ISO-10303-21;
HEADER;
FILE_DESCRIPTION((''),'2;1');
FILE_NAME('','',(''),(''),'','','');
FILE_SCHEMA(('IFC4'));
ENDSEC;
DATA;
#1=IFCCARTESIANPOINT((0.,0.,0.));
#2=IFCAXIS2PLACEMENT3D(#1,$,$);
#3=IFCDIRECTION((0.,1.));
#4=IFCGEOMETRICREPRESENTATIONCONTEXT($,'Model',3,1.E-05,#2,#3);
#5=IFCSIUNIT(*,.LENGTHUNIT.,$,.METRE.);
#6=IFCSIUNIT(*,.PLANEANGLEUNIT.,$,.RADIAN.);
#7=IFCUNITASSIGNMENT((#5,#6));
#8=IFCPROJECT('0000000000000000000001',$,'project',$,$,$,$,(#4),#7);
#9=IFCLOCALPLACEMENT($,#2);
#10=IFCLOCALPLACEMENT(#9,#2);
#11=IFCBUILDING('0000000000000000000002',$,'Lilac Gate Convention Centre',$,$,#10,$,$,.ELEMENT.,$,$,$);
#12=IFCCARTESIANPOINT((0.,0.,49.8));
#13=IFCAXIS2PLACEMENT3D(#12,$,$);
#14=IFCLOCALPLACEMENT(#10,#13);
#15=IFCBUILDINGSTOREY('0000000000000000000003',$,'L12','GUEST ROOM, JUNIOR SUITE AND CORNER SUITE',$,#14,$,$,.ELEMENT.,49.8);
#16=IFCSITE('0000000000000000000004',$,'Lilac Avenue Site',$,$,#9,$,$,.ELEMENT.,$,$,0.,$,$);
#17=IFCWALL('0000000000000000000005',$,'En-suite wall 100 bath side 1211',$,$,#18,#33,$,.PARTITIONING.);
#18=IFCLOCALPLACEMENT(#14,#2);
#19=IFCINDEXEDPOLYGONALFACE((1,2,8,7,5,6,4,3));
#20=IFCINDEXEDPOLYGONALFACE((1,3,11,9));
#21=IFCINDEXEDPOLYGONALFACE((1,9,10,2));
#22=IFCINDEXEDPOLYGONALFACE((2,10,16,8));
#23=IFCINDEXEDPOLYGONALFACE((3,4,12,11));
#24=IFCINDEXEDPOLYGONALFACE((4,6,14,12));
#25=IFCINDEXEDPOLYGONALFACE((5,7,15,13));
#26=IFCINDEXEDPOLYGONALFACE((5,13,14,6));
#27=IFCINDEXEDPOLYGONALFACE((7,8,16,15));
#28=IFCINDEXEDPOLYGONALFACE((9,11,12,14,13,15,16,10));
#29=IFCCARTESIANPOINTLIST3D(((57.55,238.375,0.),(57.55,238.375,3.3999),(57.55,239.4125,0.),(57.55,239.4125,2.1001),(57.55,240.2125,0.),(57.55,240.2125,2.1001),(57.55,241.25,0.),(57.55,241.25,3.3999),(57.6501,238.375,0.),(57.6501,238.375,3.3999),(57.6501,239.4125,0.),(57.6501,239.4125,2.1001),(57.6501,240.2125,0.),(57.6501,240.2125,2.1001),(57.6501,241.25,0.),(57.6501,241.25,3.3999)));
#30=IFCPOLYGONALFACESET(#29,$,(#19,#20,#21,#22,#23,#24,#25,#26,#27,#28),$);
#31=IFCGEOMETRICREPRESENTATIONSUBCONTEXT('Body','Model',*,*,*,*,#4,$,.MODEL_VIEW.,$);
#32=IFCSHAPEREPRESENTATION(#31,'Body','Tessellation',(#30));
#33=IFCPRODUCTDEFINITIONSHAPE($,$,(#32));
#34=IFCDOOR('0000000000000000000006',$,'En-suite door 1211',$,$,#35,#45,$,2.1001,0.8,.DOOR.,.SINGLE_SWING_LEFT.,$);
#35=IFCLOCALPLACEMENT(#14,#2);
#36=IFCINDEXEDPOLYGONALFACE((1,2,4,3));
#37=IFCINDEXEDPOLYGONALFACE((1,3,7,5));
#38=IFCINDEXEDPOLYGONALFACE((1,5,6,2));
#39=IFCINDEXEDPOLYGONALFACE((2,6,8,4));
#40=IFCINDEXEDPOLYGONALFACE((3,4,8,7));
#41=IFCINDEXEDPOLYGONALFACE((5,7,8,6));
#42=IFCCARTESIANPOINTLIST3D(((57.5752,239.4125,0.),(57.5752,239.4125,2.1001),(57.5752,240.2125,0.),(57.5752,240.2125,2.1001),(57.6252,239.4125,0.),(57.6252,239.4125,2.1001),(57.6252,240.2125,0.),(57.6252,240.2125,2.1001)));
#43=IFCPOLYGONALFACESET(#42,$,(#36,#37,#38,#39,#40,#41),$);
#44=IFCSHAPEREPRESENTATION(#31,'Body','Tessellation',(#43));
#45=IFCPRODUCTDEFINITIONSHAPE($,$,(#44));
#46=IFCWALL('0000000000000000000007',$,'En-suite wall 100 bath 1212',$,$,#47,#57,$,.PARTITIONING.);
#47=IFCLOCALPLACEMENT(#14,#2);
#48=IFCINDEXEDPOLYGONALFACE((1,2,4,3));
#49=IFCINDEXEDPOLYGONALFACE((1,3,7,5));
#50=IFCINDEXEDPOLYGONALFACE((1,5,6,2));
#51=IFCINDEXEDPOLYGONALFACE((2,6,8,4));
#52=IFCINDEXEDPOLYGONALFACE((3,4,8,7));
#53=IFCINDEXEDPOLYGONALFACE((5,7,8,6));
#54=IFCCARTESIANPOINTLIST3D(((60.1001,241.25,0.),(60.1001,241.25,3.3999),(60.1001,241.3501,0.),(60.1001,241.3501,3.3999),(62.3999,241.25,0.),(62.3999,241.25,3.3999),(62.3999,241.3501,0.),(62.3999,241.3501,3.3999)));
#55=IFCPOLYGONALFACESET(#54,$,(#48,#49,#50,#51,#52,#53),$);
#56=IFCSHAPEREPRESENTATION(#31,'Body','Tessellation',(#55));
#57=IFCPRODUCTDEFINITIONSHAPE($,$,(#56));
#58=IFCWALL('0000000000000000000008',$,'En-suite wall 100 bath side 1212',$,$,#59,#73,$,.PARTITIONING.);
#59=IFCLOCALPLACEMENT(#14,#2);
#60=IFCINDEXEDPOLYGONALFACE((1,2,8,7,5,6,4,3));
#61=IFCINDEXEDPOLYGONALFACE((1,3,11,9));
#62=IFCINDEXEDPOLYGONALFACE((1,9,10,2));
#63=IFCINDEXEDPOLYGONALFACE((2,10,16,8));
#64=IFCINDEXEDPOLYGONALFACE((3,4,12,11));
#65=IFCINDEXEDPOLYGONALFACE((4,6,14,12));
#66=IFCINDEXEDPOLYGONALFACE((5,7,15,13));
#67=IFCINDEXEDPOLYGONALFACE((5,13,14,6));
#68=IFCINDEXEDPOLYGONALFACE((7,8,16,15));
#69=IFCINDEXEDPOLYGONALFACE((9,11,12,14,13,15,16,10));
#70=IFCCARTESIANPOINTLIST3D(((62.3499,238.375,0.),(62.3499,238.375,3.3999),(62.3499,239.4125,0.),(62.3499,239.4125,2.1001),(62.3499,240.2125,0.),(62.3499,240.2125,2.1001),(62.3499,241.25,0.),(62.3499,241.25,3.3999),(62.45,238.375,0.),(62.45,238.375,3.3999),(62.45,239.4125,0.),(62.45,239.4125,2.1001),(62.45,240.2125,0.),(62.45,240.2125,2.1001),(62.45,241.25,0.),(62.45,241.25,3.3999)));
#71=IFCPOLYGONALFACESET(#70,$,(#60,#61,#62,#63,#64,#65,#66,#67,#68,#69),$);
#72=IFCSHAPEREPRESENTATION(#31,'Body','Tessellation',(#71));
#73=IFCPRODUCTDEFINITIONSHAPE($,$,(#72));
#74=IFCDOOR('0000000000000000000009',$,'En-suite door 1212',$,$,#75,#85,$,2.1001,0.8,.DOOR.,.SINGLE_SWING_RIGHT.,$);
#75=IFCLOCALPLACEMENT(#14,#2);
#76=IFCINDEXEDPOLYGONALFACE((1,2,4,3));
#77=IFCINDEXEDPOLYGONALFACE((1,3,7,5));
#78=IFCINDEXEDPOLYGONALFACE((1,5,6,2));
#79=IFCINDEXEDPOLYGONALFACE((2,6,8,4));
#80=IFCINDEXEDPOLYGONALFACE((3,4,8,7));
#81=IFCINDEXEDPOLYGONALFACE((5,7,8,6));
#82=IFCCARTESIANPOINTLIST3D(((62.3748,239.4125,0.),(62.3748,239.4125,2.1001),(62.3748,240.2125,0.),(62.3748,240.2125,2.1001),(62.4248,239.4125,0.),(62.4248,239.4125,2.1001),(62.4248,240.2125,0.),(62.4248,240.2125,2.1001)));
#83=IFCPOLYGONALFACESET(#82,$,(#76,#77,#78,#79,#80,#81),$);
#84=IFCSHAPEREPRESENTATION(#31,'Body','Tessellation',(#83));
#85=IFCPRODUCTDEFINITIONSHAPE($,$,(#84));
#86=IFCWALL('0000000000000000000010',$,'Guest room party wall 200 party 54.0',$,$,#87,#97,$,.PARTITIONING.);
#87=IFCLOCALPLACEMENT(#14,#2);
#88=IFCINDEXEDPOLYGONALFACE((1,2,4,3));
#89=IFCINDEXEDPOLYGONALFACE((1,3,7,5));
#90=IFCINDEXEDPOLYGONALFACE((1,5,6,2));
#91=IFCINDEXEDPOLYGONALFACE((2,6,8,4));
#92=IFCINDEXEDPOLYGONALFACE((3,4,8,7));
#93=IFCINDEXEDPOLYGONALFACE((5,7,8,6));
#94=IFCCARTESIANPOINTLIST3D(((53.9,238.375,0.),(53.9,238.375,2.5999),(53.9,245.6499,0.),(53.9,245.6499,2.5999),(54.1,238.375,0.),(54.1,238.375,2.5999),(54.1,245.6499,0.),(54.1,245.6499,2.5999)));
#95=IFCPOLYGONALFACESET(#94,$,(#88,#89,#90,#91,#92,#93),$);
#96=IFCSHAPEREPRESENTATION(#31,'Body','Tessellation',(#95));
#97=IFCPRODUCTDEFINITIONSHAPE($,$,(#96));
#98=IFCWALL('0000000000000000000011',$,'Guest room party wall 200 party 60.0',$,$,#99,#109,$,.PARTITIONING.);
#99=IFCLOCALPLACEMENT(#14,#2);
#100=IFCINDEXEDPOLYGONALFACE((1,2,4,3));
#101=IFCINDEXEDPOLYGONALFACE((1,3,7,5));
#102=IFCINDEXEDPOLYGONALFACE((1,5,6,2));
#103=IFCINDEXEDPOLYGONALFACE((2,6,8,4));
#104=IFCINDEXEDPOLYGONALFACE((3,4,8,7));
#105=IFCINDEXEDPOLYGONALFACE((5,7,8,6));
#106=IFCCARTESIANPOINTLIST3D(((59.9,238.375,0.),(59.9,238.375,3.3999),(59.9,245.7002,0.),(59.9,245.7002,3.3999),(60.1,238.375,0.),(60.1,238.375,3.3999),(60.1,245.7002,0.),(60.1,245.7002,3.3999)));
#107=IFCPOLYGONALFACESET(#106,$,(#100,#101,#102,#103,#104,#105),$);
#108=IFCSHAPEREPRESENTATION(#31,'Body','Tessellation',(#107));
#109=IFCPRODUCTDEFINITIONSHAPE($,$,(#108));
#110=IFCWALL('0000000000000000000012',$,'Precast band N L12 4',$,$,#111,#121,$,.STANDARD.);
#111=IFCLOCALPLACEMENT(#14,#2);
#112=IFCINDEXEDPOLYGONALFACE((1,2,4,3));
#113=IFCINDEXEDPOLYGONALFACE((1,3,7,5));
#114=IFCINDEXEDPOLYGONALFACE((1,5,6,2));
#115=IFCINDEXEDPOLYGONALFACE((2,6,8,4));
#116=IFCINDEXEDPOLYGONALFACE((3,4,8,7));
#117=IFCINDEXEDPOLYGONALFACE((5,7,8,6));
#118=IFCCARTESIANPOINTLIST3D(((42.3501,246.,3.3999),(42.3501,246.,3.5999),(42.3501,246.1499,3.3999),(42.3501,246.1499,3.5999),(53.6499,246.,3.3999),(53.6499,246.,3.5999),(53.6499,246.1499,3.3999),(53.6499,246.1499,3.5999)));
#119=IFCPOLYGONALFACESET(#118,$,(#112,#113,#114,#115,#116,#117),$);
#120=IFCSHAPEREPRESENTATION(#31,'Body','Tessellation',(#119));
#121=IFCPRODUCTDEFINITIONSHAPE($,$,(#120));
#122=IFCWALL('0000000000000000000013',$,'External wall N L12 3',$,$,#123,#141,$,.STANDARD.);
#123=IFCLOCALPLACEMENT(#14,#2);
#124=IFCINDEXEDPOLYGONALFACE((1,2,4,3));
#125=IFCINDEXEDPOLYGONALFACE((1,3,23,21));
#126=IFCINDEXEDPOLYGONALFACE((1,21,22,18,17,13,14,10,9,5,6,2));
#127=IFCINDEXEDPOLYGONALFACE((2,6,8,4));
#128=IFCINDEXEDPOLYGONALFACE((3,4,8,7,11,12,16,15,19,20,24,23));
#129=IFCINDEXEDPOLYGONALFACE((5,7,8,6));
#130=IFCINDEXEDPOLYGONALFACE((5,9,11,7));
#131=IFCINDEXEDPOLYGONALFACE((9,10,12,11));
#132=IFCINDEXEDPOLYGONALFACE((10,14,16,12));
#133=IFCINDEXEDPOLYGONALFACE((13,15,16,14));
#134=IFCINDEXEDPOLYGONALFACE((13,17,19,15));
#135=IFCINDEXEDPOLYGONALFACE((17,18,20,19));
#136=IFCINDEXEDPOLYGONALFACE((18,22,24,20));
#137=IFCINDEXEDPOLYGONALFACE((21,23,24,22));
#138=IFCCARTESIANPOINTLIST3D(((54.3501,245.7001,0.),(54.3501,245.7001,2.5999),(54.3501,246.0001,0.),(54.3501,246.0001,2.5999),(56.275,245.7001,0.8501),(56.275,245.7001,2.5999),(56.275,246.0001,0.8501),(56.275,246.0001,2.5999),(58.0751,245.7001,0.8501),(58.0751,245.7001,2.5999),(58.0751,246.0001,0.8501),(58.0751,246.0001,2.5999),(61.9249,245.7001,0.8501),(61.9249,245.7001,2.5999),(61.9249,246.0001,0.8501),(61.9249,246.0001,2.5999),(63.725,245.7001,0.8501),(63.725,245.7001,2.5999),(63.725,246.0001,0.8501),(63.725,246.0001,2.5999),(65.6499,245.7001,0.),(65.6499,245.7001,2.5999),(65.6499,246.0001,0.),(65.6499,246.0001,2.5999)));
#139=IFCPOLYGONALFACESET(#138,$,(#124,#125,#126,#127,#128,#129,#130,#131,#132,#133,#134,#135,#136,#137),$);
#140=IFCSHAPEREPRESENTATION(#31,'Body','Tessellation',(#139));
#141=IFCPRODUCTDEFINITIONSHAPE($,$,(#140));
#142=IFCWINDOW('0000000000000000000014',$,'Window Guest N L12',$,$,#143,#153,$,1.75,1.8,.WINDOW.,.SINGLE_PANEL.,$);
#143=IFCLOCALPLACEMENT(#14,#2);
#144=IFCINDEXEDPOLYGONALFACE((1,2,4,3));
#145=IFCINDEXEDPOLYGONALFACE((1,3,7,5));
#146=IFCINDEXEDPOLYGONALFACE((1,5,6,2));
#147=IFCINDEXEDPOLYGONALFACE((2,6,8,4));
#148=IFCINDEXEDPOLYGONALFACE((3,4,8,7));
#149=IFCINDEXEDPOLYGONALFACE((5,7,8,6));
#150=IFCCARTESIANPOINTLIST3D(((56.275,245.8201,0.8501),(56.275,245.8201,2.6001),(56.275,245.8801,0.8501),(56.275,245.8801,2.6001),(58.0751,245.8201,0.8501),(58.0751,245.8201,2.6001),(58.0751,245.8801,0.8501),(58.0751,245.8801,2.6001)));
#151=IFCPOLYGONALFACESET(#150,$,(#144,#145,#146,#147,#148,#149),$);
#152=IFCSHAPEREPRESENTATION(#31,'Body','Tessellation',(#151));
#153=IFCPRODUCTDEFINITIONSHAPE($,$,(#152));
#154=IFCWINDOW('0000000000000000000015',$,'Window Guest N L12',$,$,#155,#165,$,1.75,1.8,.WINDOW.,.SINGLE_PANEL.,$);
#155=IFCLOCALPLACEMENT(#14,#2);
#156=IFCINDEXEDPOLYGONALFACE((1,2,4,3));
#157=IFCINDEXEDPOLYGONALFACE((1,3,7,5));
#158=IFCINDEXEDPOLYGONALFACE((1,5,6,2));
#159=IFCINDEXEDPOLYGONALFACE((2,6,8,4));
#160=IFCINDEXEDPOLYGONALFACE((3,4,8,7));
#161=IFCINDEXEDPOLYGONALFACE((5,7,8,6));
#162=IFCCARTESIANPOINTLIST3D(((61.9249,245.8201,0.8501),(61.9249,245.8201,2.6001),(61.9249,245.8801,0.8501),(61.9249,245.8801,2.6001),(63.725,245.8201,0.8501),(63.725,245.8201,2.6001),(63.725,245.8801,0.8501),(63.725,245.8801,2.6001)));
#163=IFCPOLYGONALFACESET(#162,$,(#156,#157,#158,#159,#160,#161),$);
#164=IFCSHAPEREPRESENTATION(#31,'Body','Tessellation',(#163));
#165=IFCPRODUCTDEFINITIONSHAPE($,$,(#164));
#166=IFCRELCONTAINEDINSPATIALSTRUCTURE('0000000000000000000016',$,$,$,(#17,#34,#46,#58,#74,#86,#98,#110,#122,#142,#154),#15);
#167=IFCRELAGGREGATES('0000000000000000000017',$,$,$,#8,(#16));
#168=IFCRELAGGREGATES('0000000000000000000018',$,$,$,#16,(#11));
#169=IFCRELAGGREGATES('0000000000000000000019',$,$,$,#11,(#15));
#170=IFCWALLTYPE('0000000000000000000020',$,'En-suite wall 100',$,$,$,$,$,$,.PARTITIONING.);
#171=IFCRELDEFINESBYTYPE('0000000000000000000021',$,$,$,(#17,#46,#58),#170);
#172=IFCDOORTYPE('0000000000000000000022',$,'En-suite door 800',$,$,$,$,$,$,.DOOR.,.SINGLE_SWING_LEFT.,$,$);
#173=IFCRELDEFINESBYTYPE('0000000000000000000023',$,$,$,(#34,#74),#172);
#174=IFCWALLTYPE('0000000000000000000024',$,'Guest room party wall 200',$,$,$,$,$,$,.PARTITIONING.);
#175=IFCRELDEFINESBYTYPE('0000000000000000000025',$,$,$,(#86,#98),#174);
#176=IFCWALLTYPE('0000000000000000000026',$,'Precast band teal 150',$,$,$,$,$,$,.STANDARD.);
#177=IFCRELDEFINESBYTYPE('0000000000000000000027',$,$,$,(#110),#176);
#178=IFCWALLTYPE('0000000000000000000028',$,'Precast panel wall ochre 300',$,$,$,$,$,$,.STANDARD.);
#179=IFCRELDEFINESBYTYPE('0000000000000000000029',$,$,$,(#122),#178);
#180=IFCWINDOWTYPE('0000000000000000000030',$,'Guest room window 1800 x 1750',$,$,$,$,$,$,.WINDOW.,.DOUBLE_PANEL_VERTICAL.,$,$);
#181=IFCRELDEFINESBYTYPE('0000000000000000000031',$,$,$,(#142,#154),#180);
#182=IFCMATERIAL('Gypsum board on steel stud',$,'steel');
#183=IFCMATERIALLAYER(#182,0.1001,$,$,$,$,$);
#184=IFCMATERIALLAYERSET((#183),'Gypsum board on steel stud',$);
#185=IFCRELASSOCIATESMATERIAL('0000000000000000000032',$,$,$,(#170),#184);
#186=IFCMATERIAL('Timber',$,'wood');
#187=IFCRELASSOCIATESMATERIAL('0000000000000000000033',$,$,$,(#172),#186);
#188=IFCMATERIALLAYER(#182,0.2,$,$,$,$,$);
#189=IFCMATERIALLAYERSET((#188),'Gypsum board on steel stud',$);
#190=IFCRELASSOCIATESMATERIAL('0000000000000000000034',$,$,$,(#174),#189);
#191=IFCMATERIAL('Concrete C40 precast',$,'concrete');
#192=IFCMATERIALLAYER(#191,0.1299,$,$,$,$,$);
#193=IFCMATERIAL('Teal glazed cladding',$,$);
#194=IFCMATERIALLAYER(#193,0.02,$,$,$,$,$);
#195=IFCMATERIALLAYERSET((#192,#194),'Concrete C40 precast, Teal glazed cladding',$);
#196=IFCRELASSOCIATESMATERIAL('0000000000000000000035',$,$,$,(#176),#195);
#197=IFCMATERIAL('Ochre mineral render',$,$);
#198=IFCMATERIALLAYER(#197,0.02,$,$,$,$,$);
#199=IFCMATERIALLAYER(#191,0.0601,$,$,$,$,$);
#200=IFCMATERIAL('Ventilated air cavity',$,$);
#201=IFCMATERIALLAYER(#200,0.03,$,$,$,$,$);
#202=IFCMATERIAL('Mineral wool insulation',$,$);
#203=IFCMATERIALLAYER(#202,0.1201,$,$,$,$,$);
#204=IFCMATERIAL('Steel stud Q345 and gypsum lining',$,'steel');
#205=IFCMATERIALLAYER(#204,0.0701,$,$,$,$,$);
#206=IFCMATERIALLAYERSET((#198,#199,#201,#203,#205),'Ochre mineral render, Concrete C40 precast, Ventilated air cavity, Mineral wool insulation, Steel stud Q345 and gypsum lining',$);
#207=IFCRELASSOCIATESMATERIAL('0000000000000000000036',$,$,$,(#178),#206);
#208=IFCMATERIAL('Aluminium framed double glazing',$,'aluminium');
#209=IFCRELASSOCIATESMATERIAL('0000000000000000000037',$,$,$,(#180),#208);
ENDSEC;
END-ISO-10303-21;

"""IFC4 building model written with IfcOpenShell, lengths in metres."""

from ifc_helpers import new_model, si_unit, direction, frame, frame_2d, origin, place, context, subcontext, project, spatial, rectangle, extrude, material, layer, layer_set, type_object, element, fill, save


model = new_model("IFC4")

# Units and contexts
model_context = context("Model", 3, precision=1e-05, world=origin(), true_north=direction((0.0, 1.0)))
body_context = subcontext(model_context, "Body", "Model", "MODEL_VIEW")
ifc_project = project(units=[si_unit("LENGTHUNIT", "METRE"), si_unit("PLANEANGLEUNIT", "RADIAN")], contexts=[model_context])

# Site, building, storey
site_placement = place(None, origin())
site = spatial("IfcSite", under=ifc_project, at=site_placement, Name="Lilac Avenue Site", CompositionType="ELEMENT", RefElevation=0.0)
building_placement = place(site_placement, origin())
building = spatial("IfcBuilding", under=site, at=building_placement, Name="Lilac Gate Convention Centre", CompositionType="ELEMENT")
storey_placement = place(building_placement, frame((0.0, 0.0, 49.8)))
storey = spatial("IfcBuildingStorey", under=building, at=storey_placement, Name="L12", Description="GUEST ROOM, JUNIOR SUITE AND CORNER SUITE", CompositionType="ELEMENT", Elevation=49.8)

# Shared definitions
ifc_material_1 = material(Name="Gypsum board on steel stud", Category="steel")
ifc_material_2 = material(Name="Timber", Category="wood")

# Shared definitions
ifc_layer_1 = layer(ifc_material_1, 0.1001)
ifc_layer_set_1 = layer_set([ifc_layer_1], Name="Gypsum board on steel stud")
wall_type_1 = type_object("IfcWallType", Name="En-suite wall 100", PredefinedType="PARTITIONING", material=ifc_layer_set_1)

# Wall, opening, door
wall_1_placement = place(storey_placement, frame((57.6001, 238.375, 0.0), z_axis=(0.0, 0.0, 1.0), x_axis=(0.0, 1.0, 0.0)))
wall_1 = element("IfcWall", 1, at=wall_1_placement, inside=storey, type_object=wall_type_1, Name="En-suite wall 100 bath side 1211", PredefinedType="PARTITIONING", context=body_context, shape_type="SweptSolid", body=[
    extrude(rectangle(XDim=2.875, YDim=0.1001, at=frame_2d((1.4375, 0.0))), origin(), (0.0, 0.0, 1.0), 3.3999),
])
opening_1_placement = place(wall_1_placement, frame((1.0376, 0.0, 0.0)))
opening_1 = element("IfcOpeningElement", 2, at=opening_1_placement, cuts=wall_1, PredefinedType="OPENING", context=body_context, shape_type="SweptSolid", body=[
    extrude(rectangle(XDim=0.8, YDim=2.1001, at=frame_2d((0.3999, 1.05))), frame((0.0, 0.0601, 0.0), z_axis=(0.0, -1.0, 0.0), x_axis=(1.0, 0.0, 0.0)), (0.0, 0.0, 1.0), 0.1201),
])
door_type_1 = type_object("IfcDoorType", Name="En-suite door 800", OperationType="SINGLE_SWING_LEFT", PredefinedType="DOOR", material=ifc_material_2)
door_1_placement = place(opening_1_placement, origin())
door_1 = element("IfcDoor", 3, at=door_1_placement, inside=storey, type_object=door_type_1, Name="En-suite door 1211", OperationType="SINGLE_SWING_LEFT", OverallHeight=2.1001, OverallWidth=0.8, PredefinedType="DOOR", context=body_context, shape_type="SweptSolid", body=[
    extrude(rectangle(XDim=0.8, YDim=2.1001, at=frame_2d((0.3999, 1.05))), frame((0.0, 0.0249, 0.0), z_axis=(0.0, -1.0, 0.0), x_axis=(1.0, 0.0, 0.0)), (0.0, 0.0, 1.0), 0.05),
])
fill(opening_1, door_1)

# Wall
wall_2_placement = place(storey_placement, frame((60.1001, 241.3, 0.0), z_axis=(0.0, 0.0, 1.0), x_axis=(1.0, 0.0, 0.0)))
element("IfcWall", 4, at=wall_2_placement, inside=storey, type_object=wall_type_1, Name="En-suite wall 100 bath 1212", PredefinedType="PARTITIONING", context=body_context, shape_type="SweptSolid", body=[
    extrude(rectangle(XDim=2.2998, YDim=0.1001, at=frame_2d((1.1499, 0.0))), origin(), (0.0, 0.0, 1.0), 3.3999),
])

# Wall, opening, door
wall_3_placement = place(storey_placement, frame((62.3999, 241.25, 0.0), z_axis=(0.0, 0.0, 1.0), x_axis=(0.0, -1.0, 0.0)))
wall_3 = element("IfcWall", 5, at=wall_3_placement, inside=storey, type_object=wall_type_1, Name="En-suite wall 100 bath side 1212", PredefinedType="PARTITIONING", context=body_context, shape_type="SweptSolid", body=[
    extrude(rectangle(XDim=2.875, YDim=0.1001, at=frame_2d((1.4375, 0.0))), origin(), (0.0, 0.0, 1.0), 3.3999),
])
opening_2_placement = place(wall_3_placement, frame((1.0376, 0.0, 0.0)))
opening_2 = element("IfcOpeningElement", 6, at=opening_2_placement, cuts=wall_3, PredefinedType="OPENING", context=body_context, shape_type="SweptSolid", body=[
    extrude(rectangle(XDim=0.8, YDim=2.1001, at=frame_2d((0.3999, 1.05))), frame((0.0, 0.0601, 0.0), z_axis=(0.0, -1.0, 0.0), x_axis=(1.0, 0.0, 0.0)), (0.0, 0.0, 1.0), 0.1201),
])
door_2_placement = place(opening_2_placement, origin())
door_2 = element("IfcDoor", 7, at=door_2_placement, inside=storey, type_object=door_type_1, Name="En-suite door 1212", OperationType="SINGLE_SWING_RIGHT", OverallHeight=2.1001, OverallWidth=0.8, PredefinedType="DOOR", context=body_context, shape_type="SweptSolid", body=[
    extrude(rectangle(XDim=0.8, YDim=2.1001, at=frame_2d((0.3999, 1.05))), frame((0.0, 0.0249, 0.0), z_axis=(0.0, -1.0, 0.0), x_axis=(1.0, 0.0, 0.0)), (0.0, 0.0, 1.0), 0.05),
])
fill(opening_2, door_2)

# Walls
ifc_layer_2 = layer(ifc_material_1, 0.2)
ifc_layer_set_2 = layer_set([ifc_layer_2], Name="Gypsum board on steel stud")
wall_type_2 = type_object("IfcWallType", Name="Guest room party wall 200", PredefinedType="PARTITIONING", material=ifc_layer_set_2)
wall_4_placement = place(storey_placement, frame((54.0, 245.6499, 0.0), z_axis=(0.0, 0.0, 1.0), x_axis=(0.0, -1.0, 0.0)))
element("IfcWall", 8, at=wall_4_placement, inside=storey, type_object=wall_type_2, Name="Guest room party wall 200 party 54.0", PredefinedType="PARTITIONING", context=body_context, shape_type="SweptSolid", body=[
    extrude(rectangle(XDim=7.2749, YDim=0.2, at=frame_2d((3.6375, 0.0))), origin(), (0.0, 0.0, 1.0), 2.5999),
])
wall_5_placement = place(storey_placement, frame((60.0, 245.7002, 0.0), z_axis=(0.0, 0.0, 1.0), x_axis=(0.0, -1.0, 0.0)))
element("IfcWall", 9, at=wall_5_placement, inside=storey, type_object=wall_type_2, Name="Guest room party wall 200 party 60.0", PredefinedType="PARTITIONING", context=body_context, shape_type="SweptSolid", body=[
    extrude(rectangle(XDim=7.3252, YDim=0.2, at=frame_2d((3.6626, 0.0))), origin(), (0.0, 0.0, 1.0), 3.3999),
])
ifc_material_3 = material(Name="Concrete C40 precast", Category="concrete")
ifc_layer_3 = layer(ifc_material_3, 0.1299)
ifc_material_4 = material(Name="Teal glazed cladding")
ifc_layer_4 = layer(ifc_material_4, 0.02)
ifc_layer_set_3 = layer_set([ifc_layer_3, ifc_layer_4], Name="Concrete C40 precast, Teal glazed cladding")
wall_type_3 = type_object("IfcWallType", Name="Precast band teal 150", PredefinedType="STANDARD", material=ifc_layer_set_3)
wall_6_placement = place(storey_placement, frame((53.6499, 246.075, 3.3999), z_axis=(0.0, 0.0, 1.0), x_axis=(-1.0, 0.0, 0.0)))
element("IfcWall", 10, at=wall_6_placement, inside=storey, type_object=wall_type_3, Name="Precast band N L12 4", PredefinedType="STANDARD", context=body_context, shape_type="SweptSolid", body=[
    extrude(rectangle(XDim=11.2998, YDim=0.1499, at=frame_2d((5.6499, 0.0))), origin(), (0.0, 0.0, 1.0), 0.2),
])

# Wall, openings, windows
ifc_material_5 = material(Name="Ochre mineral render")
ifc_layer_5 = layer(ifc_material_5, 0.02)
ifc_layer_6 = layer(ifc_material_3, 0.0601)
ifc_material_6 = material(Name="Ventilated air cavity")
ifc_layer_7 = layer(ifc_material_6, 0.03)
ifc_material_7 = material(Name="Mineral wool insulation")
ifc_layer_8 = layer(ifc_material_7, 0.1201)
ifc_material_8 = material(Name="Steel stud Q345 and gypsum lining", Category="steel")
ifc_layer_9 = layer(ifc_material_8, 0.0701)
ifc_layer_set_4 = layer_set([ifc_layer_5, ifc_layer_6, ifc_layer_7, ifc_layer_8, ifc_layer_9], Name="Ochre mineral render, Concrete C40 precast, Ventilated air cavity, Mineral wool insulation, Steel stud Q345 and gypsum lining")
wall_type_4 = type_object("IfcWallType", Name="Precast panel wall ochre 300", PredefinedType="STANDARD", material=ifc_layer_set_4)
wall_7_placement = place(storey_placement, frame((65.6499, 245.8501, 0.0), z_axis=(0.0, 0.0, 1.0), x_axis=(-1.0, 0.0, 0.0)))
wall_7 = element("IfcWall", 11, at=wall_7_placement, inside=storey, type_object=wall_type_4, Name="External wall N L12 3", PredefinedType="STANDARD", context=body_context, shape_type="SweptSolid", body=[
    extrude(rectangle(XDim=11.2998, YDim=0.3, at=frame_2d((5.6499, 0.0))), origin(), (0.0, 0.0, 1.0), 2.5999),
])
opening_3_placement = place(wall_7_placement, frame((7.575, 0.0, 0.8501)))
opening_3 = element("IfcOpeningElement", 12, at=opening_3_placement, cuts=wall_7, PredefinedType="OPENING", context=body_context, shape_type="SweptSolid", body=[
    extrude(rectangle(XDim=1.8, YDim=1.75, at=frame_2d((0.8999, 0.875))), frame((0.0, 0.1599, 0.0), z_axis=(0.0, -1.0, 0.0), x_axis=(1.0, 0.0, 0.0)), (0.0, 0.0, 1.0), 0.3201),
])
opening_4_placement = place(wall_7_placement, frame((1.925, 0.0, 0.8501)))
opening_4 = element("IfcOpeningElement", 13, at=opening_4_placement, cuts=wall_7, PredefinedType="OPENING", context=body_context, shape_type="SweptSolid", body=[
    extrude(rectangle(XDim=1.8, YDim=1.75, at=frame_2d((0.8999, 0.875))), frame((0.0, 0.1599, 0.0), z_axis=(0.0, -1.0, 0.0), x_axis=(1.0, 0.0, 0.0)), (0.0, 0.0, 1.0), 0.3201),
])
ifc_material_9 = material(Name="Aluminium framed double glazing", Category="aluminium")
window_type = type_object("IfcWindowType", Name="Guest room window 1800 x 1750", PartitioningType="DOUBLE_PANEL_VERTICAL", PredefinedType="WINDOW", material=ifc_material_9)
window_1_placement = place(opening_3_placement, origin())
window_1 = element("IfcWindow", 14, at=window_1_placement, inside=storey, type_object=window_type, Name="Window Guest N L12", OverallHeight=1.75, OverallWidth=1.8, PartitioningType="SINGLE_PANEL", PredefinedType="WINDOW", context=body_context, shape_type="SweptSolid", body=[
    extrude(rectangle(XDim=1.8, YDim=1.75, at=frame_2d((0.8999, 0.875))), frame((0.0, 0.03, 0.0), z_axis=(0.0, -1.0, 0.0), x_axis=(1.0, 0.0, 0.0)), (0.0, 0.0, 1.0), 0.0601),
])
fill(opening_3, window_1)
window_2_placement = place(opening_4_placement, origin())
window_2 = element("IfcWindow", 15, at=window_2_placement, inside=storey, type_object=window_type, Name="Window Guest N L12", OverallHeight=1.75, OverallWidth=1.8, PartitioningType="SINGLE_PANEL", PredefinedType="WINDOW", context=body_context, shape_type="SweptSolid", body=[
    extrude(rectangle(XDim=1.8, YDim=1.75, at=frame_2d((0.8999, 0.875))), frame((0.0, 0.03, 0.0), z_axis=(0.0, -1.0, 0.0), x_axis=(1.0, 0.0, 0.0)), (0.0, 0.0, 1.0), 0.0601),
])
fill(opening_4, window_2)

save(model, "model.ifc")
